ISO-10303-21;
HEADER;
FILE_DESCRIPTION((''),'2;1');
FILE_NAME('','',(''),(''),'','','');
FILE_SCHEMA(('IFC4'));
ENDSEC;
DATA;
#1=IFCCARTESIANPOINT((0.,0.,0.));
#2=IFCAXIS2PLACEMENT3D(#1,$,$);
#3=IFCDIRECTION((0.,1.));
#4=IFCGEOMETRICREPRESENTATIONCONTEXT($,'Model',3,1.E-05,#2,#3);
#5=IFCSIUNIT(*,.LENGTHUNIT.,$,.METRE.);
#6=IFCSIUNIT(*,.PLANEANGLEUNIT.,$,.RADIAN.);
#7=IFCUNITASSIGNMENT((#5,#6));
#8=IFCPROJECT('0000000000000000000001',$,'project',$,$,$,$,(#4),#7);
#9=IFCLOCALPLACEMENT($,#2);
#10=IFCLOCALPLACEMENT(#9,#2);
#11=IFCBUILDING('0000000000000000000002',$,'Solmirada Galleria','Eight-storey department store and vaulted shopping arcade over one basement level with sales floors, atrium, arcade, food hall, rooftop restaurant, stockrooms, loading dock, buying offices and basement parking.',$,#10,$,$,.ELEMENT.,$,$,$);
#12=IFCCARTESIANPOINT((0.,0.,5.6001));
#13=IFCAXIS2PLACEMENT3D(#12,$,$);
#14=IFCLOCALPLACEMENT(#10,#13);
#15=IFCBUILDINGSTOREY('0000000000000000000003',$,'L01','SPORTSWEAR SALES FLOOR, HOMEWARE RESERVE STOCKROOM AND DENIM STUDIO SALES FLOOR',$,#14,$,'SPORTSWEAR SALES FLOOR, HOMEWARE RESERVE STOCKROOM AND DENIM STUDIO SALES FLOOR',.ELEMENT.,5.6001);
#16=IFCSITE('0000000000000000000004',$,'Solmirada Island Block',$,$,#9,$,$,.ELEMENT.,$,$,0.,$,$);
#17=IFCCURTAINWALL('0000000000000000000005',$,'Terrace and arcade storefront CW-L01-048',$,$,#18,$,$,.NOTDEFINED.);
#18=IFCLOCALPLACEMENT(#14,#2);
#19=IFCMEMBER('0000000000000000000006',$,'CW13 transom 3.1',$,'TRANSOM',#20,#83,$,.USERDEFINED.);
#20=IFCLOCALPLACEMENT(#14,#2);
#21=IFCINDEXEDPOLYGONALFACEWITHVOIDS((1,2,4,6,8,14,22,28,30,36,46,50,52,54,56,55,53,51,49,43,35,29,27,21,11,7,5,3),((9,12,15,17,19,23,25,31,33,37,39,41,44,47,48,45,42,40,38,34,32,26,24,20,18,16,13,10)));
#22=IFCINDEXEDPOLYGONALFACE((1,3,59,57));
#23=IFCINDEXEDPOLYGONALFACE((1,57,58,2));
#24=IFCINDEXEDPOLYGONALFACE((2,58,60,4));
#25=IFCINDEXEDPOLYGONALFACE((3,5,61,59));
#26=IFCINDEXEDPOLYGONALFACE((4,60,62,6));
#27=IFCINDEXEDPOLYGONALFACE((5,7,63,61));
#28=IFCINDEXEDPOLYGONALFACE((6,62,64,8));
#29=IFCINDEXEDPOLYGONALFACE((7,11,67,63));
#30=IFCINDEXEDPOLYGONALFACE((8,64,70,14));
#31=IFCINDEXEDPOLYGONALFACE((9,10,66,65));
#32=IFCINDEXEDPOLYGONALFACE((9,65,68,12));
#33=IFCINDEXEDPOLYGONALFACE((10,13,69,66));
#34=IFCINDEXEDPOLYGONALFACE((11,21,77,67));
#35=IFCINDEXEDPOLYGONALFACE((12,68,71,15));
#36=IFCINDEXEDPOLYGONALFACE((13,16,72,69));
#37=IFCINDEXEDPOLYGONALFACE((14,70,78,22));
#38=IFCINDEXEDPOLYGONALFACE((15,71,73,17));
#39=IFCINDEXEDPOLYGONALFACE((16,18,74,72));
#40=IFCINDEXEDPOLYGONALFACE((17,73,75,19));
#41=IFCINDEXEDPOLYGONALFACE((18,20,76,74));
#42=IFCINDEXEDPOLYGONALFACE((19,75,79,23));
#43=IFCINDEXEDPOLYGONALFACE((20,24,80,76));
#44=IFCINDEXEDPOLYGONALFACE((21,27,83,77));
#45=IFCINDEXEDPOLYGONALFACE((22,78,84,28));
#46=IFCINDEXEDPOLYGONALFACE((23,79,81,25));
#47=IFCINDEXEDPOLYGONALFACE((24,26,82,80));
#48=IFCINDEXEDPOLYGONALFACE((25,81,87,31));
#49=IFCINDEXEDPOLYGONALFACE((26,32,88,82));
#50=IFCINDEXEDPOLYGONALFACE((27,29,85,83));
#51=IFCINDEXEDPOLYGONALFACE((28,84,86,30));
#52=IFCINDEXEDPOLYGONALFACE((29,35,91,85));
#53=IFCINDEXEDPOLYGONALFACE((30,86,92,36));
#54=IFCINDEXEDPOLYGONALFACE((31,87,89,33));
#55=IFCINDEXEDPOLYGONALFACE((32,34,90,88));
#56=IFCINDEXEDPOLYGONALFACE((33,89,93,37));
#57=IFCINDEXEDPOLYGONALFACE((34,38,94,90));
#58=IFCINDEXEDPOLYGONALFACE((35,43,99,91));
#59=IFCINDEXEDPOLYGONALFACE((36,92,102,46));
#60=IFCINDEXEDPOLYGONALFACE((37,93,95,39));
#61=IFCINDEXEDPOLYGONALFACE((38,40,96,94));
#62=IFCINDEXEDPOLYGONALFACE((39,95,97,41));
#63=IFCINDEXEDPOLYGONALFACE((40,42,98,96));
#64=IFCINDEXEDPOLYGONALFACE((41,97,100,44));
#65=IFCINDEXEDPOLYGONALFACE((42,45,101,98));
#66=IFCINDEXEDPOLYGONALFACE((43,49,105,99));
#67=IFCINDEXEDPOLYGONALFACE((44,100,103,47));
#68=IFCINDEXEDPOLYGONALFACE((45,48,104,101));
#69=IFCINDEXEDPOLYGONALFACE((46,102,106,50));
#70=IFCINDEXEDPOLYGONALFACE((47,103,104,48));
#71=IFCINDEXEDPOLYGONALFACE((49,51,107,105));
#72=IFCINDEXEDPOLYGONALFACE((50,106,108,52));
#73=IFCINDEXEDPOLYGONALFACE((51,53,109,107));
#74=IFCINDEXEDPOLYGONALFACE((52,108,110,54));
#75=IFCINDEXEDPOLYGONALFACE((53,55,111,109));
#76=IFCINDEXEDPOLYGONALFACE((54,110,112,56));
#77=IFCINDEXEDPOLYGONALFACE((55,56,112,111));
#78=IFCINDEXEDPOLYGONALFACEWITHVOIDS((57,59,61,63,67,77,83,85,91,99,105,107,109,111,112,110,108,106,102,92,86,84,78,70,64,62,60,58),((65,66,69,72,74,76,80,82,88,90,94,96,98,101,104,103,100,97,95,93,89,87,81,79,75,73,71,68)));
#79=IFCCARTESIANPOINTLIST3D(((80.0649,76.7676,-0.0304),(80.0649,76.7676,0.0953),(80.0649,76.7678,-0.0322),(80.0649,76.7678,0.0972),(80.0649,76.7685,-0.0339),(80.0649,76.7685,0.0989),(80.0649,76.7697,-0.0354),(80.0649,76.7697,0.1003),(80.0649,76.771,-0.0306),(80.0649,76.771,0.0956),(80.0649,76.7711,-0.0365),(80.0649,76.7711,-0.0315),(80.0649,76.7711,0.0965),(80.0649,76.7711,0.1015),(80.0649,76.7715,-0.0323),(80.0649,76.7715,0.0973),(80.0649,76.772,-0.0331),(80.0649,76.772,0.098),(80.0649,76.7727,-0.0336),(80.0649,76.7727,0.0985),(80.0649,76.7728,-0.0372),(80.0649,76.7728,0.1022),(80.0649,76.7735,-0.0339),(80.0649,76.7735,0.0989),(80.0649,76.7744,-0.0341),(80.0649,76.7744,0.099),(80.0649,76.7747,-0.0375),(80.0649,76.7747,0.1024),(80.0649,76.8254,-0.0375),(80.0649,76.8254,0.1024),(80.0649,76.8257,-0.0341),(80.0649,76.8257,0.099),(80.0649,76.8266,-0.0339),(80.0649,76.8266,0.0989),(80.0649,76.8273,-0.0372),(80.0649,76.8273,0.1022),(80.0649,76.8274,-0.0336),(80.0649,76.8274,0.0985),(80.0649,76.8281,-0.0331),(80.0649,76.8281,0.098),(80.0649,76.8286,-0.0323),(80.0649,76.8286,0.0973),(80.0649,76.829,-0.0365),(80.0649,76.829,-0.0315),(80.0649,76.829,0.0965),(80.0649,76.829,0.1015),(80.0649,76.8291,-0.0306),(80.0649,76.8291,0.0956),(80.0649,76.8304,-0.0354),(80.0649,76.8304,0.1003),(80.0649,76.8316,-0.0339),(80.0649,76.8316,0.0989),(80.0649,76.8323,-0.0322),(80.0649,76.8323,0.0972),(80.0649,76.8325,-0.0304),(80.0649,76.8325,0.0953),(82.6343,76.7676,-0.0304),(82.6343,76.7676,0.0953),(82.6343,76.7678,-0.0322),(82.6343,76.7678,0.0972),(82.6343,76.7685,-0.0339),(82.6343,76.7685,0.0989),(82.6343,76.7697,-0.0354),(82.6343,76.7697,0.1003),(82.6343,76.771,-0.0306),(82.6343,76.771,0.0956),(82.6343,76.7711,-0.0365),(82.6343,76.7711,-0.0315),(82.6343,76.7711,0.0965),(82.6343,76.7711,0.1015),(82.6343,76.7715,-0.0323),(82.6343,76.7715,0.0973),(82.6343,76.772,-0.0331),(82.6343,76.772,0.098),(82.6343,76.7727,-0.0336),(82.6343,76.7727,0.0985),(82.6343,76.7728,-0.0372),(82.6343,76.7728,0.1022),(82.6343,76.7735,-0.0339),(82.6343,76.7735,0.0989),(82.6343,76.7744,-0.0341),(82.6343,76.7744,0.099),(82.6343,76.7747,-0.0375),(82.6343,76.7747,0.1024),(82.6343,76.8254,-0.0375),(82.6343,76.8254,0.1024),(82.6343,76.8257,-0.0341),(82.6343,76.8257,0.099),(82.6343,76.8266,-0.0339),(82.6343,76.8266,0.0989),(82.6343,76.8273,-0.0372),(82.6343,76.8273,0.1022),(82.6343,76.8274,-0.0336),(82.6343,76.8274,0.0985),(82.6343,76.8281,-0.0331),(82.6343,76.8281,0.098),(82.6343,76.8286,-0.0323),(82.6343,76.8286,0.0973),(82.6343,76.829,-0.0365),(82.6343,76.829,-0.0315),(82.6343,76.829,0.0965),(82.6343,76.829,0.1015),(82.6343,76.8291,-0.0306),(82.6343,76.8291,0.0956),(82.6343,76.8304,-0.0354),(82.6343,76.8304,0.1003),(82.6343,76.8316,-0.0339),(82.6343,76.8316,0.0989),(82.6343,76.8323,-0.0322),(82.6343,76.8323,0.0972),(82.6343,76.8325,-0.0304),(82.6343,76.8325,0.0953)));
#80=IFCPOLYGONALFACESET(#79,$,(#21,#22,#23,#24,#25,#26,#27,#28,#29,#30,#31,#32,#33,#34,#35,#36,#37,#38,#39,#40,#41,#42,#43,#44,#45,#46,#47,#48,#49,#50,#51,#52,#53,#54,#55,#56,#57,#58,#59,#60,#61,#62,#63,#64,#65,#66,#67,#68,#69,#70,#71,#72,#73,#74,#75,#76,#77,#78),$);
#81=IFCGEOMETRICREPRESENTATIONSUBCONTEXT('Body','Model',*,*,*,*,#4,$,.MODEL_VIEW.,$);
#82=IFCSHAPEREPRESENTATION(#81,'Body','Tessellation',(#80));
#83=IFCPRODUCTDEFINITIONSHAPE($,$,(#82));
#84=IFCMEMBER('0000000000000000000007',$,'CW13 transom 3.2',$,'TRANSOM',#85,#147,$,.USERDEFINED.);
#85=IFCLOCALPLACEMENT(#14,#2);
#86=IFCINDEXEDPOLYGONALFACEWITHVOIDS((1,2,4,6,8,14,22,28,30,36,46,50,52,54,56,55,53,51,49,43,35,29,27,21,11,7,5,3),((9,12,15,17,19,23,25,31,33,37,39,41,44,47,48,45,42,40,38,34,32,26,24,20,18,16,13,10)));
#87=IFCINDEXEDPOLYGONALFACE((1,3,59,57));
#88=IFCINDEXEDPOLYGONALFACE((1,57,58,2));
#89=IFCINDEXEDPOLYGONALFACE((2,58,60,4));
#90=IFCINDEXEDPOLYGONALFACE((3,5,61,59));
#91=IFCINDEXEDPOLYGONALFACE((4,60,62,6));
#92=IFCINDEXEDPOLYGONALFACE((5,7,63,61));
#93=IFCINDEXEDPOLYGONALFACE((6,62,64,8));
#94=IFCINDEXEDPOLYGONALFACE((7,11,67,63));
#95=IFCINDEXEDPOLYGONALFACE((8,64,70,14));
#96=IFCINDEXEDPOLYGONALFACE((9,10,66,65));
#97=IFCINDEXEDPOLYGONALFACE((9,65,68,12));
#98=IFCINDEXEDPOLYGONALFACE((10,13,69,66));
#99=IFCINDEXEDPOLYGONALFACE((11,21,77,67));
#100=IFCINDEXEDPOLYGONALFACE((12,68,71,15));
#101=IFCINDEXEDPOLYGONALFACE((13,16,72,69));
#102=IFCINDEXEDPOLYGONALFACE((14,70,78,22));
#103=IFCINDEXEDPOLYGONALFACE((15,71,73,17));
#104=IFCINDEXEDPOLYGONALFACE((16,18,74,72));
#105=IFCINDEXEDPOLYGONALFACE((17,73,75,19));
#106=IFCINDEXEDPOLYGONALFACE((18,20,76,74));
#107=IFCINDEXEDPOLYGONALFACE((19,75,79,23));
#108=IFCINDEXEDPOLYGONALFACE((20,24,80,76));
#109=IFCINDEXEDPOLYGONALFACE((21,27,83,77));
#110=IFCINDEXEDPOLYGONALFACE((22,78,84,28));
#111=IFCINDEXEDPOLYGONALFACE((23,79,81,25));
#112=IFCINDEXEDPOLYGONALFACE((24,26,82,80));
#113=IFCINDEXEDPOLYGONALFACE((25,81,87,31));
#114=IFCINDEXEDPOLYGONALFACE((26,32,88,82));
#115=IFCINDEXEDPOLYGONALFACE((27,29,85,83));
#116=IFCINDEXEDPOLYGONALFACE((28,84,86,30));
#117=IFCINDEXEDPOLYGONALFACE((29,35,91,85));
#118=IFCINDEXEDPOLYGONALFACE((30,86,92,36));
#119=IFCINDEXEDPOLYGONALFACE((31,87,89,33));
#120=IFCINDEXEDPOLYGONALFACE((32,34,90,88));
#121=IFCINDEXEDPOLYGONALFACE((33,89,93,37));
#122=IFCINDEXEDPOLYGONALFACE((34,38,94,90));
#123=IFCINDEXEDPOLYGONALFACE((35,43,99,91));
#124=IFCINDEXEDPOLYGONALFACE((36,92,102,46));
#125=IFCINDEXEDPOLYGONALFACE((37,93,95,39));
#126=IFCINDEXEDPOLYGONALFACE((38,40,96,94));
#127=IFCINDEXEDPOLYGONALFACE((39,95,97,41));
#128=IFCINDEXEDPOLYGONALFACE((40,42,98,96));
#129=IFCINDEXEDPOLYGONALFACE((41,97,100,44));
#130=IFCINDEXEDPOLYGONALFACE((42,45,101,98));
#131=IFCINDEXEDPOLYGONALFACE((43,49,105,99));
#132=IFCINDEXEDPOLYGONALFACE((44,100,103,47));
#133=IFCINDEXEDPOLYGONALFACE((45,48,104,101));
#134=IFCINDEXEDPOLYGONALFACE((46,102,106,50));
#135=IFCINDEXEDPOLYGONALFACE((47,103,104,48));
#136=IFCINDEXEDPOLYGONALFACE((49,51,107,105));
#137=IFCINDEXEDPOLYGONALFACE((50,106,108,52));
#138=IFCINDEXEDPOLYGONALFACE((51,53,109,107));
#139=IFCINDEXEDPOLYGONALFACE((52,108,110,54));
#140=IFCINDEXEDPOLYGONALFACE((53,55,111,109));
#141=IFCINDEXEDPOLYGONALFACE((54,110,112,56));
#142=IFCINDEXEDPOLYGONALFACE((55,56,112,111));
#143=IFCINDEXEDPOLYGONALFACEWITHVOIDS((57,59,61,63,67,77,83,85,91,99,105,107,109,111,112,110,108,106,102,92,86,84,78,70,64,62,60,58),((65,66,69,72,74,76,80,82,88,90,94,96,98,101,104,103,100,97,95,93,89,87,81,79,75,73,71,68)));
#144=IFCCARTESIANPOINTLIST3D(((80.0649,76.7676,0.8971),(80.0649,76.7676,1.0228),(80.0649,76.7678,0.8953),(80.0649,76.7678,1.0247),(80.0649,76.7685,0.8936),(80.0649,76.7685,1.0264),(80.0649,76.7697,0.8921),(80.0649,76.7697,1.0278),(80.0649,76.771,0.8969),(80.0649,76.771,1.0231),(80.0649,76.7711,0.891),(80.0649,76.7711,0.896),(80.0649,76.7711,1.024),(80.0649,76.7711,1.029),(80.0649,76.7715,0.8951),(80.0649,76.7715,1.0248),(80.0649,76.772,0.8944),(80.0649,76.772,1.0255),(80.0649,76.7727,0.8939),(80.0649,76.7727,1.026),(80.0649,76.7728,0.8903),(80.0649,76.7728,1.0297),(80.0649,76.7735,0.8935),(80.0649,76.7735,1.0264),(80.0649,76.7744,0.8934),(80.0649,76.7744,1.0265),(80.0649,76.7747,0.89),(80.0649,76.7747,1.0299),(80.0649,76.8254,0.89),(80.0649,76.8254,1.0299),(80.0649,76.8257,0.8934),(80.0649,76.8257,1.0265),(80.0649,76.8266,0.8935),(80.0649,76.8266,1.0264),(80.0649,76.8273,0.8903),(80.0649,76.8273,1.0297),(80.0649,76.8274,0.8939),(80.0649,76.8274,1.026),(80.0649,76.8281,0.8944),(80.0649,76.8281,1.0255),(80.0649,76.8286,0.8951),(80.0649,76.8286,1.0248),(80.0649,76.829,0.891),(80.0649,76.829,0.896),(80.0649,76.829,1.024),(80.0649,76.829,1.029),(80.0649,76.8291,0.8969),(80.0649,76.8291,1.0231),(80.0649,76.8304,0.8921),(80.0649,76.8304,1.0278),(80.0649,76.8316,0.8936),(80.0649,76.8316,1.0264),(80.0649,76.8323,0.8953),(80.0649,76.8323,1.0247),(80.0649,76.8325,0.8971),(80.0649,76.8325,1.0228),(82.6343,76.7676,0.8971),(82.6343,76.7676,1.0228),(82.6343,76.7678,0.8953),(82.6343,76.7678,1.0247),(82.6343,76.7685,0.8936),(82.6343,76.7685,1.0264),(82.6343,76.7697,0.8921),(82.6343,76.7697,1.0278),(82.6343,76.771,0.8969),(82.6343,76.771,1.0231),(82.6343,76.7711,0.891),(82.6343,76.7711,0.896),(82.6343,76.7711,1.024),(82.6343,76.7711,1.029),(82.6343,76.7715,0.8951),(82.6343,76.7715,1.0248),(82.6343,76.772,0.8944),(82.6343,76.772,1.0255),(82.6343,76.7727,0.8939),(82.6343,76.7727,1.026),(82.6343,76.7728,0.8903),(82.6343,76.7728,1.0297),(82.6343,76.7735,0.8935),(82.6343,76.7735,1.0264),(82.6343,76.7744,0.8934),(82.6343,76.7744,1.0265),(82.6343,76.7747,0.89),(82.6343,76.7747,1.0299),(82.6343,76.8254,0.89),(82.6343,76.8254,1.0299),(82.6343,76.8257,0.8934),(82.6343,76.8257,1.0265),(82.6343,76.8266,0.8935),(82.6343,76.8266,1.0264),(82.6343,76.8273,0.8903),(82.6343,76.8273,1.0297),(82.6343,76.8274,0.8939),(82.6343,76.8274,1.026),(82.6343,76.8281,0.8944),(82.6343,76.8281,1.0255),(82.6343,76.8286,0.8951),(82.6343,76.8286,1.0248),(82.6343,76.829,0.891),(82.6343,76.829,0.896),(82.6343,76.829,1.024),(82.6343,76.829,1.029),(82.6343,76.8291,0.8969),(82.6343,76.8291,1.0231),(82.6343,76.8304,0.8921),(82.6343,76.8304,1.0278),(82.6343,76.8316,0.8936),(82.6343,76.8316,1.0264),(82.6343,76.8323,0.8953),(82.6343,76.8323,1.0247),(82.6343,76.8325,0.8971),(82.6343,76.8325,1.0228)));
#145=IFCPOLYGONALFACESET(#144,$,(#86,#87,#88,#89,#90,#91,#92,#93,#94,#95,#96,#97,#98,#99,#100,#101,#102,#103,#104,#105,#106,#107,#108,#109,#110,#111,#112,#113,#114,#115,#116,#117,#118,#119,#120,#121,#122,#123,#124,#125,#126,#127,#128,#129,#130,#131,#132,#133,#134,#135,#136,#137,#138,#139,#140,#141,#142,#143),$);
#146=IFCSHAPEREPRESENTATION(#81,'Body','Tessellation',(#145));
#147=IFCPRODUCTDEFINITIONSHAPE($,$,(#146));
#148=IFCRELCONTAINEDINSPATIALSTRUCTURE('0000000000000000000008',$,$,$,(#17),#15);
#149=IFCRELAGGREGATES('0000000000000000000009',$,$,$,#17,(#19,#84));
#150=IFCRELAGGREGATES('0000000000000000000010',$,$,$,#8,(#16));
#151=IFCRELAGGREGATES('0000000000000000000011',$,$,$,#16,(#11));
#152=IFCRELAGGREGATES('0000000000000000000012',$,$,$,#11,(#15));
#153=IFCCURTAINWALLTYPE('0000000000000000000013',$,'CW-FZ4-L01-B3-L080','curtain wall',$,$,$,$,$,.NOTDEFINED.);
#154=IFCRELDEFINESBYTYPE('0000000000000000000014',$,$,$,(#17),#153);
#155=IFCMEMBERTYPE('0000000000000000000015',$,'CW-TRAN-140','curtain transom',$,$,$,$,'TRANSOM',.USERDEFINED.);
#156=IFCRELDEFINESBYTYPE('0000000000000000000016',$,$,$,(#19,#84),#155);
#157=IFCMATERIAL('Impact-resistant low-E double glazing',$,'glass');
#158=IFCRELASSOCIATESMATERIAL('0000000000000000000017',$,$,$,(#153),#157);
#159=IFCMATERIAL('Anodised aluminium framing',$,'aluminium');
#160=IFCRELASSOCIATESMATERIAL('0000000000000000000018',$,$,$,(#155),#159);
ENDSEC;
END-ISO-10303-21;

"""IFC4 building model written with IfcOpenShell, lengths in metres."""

from ifc_helpers import new_model, si_unit, direction, frame, origin, origin_2d, place, context, subcontext, project, spatial, hollow_rectangle, extrude, material, material_profile, profile_set, type_object, element, aggregate, save


model = new_model("IFC4")

# Units and contexts
model_context = context("Model", 3, precision=1e-05, world=origin(), true_north=direction((0.0, 1.0)))
body_context = subcontext(model_context, "Body", "Model", "MODEL_VIEW")
ifc_project = project(units=[si_unit("LENGTHUNIT", "METRE"), si_unit("PLANEANGLEUNIT", "RADIAN")], contexts=[model_context])

# Site, building, storey
site_placement = place(None, origin())
site = spatial("IfcSite", under=ifc_project, at=site_placement, Name="Solmirada Island Block", CompositionType="ELEMENT", RefElevation=0.0)
building_placement = place(site_placement, origin())
building = spatial("IfcBuilding", under=site, at=building_placement, Name="Solmirada Galleria", Description="Eight-storey department store and vaulted shopping arcade over one basement level with sales floors, atrium, arcade, food hall, rooftop restaurant, stockrooms, loading dock, buying offices and basement parking.", CompositionType="ELEMENT")
storey_placement = place(building_placement, frame((0.0, 0.0, 5.6001)))
storey = spatial("IfcBuildingStorey", under=building, at=storey_placement, Name="L01", Description="SPORTSWEAR SALES FLOOR, HOMEWARE RESERVE STOCKROOM AND DENIM STUDIO SALES FLOOR", LongName="SPORTSWEAR SALES FLOOR, HOMEWARE RESERVE STOCKROOM AND DENIM STUDIO SALES FLOOR", CompositionType="ELEMENT", Elevation=5.6001)

# Shared definitions
ifc_material_1 = material(Name="Impact-resistant low-E double glazing", Category="glass")
ifc_material_2 = material(Name="Anodised aluminium framing", Category="aluminium")

# Curtain wall
curtain_wall_type_1 = type_object("IfcCurtainWallType", Name="CW-FZ4-L01-B3-L080", Description="curtain wall", PredefinedType="NOTDEFINED", material=ifc_material_1)
curtain_wall_1_placement = place(storey_placement, origin())
curtain_wall_1 = element("IfcCurtainWall", 1, at=curtain_wall_1_placement, inside=storey, type_object=curtain_wall_type_1, Name="Terrace and arcade storefront CW-L01-048", PredefinedType="NOTDEFINED")

# Members
ifc_material_profile_1 = material_profile(ifc_material_2, hollow_rectangle(XDim=0.0649, YDim=0.1399, WallThickness=0.0034, InnerFilletRadius=0.0034, OuterFilletRadius=0.0071, at=origin_2d()), Name="ALU-TRAN-140X65")
ifc_profile_set_1 = profile_set([ifc_material_profile_1], Name="Anodised aluminium framing")
member_type_1 = type_object("IfcMemberType", Name="CW-TRAN-140", Description="curtain transom", ElementType="TRANSOM", PredefinedType="USERDEFINED", material=ifc_profile_set_1)
member_1_placement = place(storey_placement, frame((82.6343, 76.8, 0.0325), z_axis=(-1.0, 0.0, 0.0), x_axis=(0.0, -1.0, 0.0)))
member_1 = element("IfcMember", 2, at=member_1_placement, type_object=member_type_1, Name="CW13 transom 3.1", ObjectType="TRANSOM", PredefinedType="USERDEFINED", context=body_context, shape_type="SweptSolid", body=[
    extrude(hollow_rectangle(XDim=0.0649, YDim=0.1399, WallThickness=0.0034, InnerFilletRadius=0.0034, OuterFilletRadius=0.0071, at=origin_2d()), origin(), (0.0, 0.0, 1.0), 2.5693),
])
member_2_placement = place(storey_placement, frame((82.6343, 76.8, 0.96), z_axis=(-1.0, 0.0, 0.0), x_axis=(0.0, -1.0, 0.0)))
member_2 = element("IfcMember", 3, at=member_2_placement, type_object=member_type_1, Name="CW13 transom 3.2", ObjectType="TRANSOM", PredefinedType="USERDEFINED", context=body_context, shape_type="SweptSolid", body=[
    extrude(hollow_rectangle(XDim=0.0649, YDim=0.1399, WallThickness=0.0034, InnerFilletRadius=0.0034, OuterFilletRadius=0.0071, at=origin_2d()), origin(), (0.0, 0.0, 1.0), 2.5693),
])

aggregate(curtain_wall_1, [member_1, member_2])

save(model, "model.ifc")
